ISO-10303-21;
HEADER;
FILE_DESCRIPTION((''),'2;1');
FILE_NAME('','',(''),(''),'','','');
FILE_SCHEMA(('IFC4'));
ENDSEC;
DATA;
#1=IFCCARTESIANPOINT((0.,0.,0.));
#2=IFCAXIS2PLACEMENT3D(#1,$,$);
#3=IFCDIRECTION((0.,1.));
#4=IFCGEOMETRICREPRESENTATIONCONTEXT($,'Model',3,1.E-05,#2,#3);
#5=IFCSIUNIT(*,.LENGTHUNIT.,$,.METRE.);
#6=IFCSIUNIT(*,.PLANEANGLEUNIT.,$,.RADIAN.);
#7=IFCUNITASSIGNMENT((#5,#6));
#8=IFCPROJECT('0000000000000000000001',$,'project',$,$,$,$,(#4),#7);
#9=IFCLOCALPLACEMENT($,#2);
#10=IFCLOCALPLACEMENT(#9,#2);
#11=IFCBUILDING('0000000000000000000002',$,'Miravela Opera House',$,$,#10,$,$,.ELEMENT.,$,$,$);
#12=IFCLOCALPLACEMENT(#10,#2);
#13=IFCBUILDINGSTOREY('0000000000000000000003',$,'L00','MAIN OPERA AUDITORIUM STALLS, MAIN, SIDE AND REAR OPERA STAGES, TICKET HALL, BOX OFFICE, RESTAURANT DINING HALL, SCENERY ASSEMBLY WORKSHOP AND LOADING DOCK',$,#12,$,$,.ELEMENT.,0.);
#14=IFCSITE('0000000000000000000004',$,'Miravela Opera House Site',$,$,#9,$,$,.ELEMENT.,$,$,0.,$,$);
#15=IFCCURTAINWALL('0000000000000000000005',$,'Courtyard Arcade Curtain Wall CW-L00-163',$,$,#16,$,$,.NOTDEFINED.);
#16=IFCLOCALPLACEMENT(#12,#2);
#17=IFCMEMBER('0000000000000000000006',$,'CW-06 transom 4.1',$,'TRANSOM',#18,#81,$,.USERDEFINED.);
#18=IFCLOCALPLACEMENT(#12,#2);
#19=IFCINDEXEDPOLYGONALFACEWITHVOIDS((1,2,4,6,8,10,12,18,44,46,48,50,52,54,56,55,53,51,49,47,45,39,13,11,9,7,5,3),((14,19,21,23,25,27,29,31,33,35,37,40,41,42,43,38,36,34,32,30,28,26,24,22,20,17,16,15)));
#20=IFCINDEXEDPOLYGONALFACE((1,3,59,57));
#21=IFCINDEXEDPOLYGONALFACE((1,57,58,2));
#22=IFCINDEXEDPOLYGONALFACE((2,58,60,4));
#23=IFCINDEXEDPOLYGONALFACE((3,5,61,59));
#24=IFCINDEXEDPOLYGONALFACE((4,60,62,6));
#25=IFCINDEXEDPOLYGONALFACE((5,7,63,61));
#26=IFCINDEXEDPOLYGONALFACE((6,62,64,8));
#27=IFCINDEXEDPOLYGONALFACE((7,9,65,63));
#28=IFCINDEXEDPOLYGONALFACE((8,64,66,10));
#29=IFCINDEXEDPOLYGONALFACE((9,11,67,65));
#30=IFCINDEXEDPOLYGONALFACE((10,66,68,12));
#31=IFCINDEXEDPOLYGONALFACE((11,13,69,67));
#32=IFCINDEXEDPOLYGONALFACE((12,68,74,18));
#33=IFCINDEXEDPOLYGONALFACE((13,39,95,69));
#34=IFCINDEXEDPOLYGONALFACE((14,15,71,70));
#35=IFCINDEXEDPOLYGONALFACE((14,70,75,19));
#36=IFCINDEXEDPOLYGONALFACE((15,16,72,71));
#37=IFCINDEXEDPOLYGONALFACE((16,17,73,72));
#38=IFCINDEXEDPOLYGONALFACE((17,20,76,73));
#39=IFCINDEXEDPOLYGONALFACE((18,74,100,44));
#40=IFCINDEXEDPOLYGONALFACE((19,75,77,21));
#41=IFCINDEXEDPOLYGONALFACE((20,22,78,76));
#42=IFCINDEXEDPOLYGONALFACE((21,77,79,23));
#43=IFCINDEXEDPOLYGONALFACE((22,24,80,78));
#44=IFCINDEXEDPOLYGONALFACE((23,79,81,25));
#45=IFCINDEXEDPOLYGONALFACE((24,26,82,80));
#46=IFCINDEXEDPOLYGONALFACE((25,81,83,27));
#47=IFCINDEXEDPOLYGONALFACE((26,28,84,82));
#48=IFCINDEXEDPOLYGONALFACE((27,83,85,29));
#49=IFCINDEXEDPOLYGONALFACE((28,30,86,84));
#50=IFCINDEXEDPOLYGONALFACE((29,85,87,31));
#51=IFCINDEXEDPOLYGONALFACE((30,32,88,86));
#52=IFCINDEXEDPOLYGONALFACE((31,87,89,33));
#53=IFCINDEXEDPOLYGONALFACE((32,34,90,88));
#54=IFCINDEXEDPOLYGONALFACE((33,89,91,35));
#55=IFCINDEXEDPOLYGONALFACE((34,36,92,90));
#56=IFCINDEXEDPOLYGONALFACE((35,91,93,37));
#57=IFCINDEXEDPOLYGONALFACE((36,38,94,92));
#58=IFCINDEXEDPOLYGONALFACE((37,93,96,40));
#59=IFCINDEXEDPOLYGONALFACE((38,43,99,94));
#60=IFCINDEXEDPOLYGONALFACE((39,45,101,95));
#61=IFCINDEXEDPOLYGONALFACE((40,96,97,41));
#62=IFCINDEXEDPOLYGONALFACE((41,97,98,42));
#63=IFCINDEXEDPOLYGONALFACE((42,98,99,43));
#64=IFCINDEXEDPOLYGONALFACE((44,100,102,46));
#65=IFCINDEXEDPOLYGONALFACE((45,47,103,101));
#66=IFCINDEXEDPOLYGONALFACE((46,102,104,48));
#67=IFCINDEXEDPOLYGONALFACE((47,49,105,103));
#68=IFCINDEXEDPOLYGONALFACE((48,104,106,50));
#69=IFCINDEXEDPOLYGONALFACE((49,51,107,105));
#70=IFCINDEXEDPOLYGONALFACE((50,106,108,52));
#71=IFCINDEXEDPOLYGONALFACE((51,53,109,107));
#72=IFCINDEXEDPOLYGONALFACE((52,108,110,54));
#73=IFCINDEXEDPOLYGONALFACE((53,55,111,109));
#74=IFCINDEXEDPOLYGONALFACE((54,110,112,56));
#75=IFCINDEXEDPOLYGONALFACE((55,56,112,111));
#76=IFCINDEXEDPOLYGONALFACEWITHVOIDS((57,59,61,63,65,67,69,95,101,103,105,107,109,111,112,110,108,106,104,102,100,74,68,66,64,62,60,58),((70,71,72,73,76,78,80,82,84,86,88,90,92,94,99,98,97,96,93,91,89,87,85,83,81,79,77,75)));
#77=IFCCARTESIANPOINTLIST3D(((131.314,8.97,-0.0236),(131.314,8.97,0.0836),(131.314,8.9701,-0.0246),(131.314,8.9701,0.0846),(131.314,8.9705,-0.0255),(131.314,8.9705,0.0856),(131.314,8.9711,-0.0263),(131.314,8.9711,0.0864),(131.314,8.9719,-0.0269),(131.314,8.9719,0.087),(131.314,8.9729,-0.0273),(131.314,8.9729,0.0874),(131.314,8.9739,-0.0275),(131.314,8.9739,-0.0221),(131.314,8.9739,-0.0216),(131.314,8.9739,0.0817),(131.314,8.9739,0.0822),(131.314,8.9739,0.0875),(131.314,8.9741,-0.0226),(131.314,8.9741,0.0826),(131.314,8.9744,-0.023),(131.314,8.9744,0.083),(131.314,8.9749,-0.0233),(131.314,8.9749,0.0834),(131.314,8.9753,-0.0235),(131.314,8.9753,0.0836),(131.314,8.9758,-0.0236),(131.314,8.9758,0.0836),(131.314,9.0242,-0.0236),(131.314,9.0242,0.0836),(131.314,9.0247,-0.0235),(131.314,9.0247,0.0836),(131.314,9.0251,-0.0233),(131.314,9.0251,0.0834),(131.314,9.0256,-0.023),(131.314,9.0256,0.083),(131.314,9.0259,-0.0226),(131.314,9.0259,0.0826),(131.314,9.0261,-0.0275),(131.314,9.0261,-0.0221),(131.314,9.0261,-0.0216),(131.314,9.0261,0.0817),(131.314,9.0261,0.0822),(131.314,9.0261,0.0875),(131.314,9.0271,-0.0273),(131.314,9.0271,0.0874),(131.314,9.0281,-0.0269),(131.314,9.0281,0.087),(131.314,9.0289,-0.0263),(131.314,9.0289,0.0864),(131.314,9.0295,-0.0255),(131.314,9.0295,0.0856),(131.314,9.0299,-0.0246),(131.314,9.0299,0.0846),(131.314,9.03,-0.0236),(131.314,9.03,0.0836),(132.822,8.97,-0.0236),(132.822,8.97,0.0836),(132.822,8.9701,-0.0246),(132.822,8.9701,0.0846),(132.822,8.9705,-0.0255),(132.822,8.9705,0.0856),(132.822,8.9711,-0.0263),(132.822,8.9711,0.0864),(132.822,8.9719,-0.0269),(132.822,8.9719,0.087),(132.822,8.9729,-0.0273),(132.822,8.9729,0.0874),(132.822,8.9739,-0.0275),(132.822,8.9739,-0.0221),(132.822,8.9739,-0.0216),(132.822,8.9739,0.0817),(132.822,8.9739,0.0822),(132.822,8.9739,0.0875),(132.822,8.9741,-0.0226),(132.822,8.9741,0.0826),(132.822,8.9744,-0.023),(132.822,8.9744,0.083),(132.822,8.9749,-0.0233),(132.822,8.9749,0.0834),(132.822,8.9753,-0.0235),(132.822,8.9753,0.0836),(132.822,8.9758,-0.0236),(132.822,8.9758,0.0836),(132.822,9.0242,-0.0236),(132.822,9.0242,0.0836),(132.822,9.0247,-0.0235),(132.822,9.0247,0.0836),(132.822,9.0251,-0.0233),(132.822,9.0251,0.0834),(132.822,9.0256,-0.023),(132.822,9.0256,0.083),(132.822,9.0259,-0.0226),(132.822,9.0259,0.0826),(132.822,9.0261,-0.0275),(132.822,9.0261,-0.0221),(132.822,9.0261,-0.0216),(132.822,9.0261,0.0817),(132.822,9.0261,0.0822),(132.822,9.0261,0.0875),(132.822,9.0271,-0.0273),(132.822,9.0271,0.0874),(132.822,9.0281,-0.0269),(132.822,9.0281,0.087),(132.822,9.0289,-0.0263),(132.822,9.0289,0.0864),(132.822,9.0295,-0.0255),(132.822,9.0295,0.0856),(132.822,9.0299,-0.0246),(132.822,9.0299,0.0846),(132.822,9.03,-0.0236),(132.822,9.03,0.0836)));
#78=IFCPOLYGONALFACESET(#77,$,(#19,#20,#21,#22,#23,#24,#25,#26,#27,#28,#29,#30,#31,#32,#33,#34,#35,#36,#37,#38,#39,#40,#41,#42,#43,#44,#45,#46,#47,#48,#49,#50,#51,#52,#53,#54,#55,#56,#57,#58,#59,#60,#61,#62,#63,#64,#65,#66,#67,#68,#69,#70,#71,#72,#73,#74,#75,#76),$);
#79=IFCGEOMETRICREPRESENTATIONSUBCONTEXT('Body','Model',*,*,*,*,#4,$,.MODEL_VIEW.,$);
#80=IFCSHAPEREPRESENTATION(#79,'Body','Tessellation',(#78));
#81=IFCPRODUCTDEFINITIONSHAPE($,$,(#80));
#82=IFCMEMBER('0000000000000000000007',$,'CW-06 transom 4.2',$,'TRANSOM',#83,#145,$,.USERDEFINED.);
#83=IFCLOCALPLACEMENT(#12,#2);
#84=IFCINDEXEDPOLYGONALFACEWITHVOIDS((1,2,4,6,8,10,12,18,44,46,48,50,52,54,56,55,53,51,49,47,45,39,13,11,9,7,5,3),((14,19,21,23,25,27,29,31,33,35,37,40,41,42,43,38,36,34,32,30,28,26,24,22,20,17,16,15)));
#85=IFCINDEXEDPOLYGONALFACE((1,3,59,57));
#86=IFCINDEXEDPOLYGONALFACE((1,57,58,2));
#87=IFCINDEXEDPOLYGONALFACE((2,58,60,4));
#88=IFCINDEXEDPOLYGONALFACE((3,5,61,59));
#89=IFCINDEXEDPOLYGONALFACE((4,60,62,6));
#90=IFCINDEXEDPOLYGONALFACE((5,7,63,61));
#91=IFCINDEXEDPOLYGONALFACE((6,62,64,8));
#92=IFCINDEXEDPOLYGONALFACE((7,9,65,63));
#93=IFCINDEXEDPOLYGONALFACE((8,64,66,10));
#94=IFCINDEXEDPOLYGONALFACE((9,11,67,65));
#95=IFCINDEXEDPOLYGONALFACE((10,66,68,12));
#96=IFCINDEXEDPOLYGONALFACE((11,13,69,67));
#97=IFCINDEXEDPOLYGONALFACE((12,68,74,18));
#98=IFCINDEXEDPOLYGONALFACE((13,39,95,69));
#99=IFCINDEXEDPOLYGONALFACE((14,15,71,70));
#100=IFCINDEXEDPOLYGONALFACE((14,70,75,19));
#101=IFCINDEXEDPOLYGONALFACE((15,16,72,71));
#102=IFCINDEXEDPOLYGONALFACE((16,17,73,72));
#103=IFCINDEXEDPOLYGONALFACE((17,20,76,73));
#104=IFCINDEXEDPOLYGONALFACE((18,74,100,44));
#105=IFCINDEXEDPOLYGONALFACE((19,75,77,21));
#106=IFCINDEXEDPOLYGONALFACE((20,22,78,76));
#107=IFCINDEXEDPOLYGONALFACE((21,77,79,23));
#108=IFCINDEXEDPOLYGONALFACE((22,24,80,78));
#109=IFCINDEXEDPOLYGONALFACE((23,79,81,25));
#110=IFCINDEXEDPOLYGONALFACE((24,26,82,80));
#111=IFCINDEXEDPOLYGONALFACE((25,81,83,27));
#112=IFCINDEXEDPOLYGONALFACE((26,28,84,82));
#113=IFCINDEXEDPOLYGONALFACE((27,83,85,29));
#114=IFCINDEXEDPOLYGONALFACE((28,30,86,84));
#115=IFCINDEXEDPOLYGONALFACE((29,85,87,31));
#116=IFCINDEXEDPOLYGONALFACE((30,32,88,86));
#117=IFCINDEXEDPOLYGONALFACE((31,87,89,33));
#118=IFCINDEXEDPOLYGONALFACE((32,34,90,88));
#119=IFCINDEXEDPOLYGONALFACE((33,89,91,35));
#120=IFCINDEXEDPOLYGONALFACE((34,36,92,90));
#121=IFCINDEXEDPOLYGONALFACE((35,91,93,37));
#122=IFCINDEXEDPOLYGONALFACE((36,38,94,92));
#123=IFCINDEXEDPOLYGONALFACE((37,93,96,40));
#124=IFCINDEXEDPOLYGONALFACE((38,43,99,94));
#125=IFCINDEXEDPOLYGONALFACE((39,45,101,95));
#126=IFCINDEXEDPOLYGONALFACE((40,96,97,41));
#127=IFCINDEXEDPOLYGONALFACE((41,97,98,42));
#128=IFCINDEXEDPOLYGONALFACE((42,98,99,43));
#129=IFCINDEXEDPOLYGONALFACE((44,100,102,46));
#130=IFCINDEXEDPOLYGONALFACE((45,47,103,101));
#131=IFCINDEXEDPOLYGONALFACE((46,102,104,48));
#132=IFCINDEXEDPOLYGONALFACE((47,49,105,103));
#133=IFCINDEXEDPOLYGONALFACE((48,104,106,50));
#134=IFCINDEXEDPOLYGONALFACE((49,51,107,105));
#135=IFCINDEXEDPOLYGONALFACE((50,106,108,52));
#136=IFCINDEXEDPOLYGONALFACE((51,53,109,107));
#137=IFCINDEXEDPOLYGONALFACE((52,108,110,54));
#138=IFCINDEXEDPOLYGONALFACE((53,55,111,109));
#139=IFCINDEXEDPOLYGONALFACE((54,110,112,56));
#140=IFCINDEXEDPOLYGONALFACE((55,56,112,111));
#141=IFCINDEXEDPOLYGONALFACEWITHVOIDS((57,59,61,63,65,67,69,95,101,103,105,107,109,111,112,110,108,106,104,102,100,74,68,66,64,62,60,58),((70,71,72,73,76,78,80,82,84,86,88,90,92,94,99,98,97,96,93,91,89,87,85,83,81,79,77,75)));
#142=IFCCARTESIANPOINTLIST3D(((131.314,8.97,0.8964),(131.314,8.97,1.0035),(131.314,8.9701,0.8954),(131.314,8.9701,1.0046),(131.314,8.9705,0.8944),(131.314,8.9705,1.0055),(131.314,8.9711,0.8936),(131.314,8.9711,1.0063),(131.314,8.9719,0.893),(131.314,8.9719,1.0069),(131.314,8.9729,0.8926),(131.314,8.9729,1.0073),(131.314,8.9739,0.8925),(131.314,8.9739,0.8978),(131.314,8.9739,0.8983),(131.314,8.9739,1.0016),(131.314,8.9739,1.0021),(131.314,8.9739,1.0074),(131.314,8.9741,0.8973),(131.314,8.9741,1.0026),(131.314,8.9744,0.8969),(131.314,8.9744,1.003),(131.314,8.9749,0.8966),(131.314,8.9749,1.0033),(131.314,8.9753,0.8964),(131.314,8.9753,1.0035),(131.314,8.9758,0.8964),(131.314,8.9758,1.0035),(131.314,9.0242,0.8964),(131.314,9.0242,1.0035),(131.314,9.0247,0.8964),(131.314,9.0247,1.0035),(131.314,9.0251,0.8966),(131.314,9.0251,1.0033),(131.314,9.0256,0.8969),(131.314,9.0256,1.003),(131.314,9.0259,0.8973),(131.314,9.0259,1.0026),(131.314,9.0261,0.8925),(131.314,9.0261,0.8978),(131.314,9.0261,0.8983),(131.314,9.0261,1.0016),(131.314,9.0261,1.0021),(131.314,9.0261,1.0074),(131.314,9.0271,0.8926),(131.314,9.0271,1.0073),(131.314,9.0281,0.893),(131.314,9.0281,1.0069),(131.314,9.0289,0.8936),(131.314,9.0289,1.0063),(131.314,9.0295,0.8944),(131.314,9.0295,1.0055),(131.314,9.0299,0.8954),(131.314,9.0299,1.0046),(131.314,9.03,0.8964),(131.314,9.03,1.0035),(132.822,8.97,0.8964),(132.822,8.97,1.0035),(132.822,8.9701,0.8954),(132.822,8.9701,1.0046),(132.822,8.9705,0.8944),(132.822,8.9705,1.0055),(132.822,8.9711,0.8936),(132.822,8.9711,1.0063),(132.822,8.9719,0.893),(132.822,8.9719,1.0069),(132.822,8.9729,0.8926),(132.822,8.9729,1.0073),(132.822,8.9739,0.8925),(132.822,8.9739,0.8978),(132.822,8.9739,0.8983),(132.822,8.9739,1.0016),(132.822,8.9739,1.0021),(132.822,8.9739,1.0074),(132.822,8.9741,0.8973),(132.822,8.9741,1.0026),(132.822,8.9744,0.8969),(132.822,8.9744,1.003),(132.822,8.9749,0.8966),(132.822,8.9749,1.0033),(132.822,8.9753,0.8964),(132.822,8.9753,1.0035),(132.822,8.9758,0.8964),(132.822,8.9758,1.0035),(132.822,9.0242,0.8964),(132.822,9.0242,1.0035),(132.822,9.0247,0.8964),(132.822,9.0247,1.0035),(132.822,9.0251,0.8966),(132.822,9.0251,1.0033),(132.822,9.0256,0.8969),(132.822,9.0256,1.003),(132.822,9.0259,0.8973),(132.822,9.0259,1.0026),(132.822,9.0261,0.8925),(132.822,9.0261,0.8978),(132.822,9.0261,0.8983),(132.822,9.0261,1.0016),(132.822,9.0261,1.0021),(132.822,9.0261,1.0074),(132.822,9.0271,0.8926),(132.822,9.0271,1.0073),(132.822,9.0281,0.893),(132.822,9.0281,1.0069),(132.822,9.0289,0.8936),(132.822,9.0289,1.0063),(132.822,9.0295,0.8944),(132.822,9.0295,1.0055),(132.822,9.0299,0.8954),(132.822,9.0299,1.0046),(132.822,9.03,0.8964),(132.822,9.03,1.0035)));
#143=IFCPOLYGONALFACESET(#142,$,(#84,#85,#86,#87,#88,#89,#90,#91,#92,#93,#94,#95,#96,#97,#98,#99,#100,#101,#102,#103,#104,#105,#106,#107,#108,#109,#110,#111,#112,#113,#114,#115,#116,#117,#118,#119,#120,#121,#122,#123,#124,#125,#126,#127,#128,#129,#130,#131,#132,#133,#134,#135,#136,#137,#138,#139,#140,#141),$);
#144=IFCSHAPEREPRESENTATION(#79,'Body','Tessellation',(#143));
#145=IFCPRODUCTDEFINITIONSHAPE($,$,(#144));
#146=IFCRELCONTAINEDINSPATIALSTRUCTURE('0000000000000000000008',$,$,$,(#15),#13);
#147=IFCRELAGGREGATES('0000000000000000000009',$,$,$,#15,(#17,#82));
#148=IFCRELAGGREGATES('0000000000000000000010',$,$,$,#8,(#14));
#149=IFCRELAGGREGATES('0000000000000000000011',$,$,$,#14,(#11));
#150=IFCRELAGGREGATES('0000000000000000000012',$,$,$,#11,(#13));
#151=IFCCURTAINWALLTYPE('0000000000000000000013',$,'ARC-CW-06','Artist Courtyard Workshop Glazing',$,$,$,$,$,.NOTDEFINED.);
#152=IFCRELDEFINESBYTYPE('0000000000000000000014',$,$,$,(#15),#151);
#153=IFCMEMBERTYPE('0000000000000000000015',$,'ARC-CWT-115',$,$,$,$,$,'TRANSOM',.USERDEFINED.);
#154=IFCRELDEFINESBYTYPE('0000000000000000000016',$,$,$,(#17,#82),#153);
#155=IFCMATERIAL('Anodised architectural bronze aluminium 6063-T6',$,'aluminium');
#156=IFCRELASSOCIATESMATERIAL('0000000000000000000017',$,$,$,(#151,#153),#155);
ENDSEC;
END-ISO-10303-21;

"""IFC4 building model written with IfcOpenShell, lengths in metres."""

from ifc_helpers import new_model, si_unit, direction, frame, origin, origin_2d, place, context, subcontext, project, spatial, hollow_rectangle, extrude, material, material_profile, profile_set, type_object, element, aggregate, save


model = new_model("IFC4")

# Units and contexts
model_context = context("Model", 3, precision=1e-05, world=origin(), true_north=direction((0.0, 1.0)))
body_context = subcontext(model_context, "Body", "Model", "MODEL_VIEW")
ifc_project = project(units=[si_unit("LENGTHUNIT", "METRE"), si_unit("PLANEANGLEUNIT", "RADIAN")], contexts=[model_context])

# Site, building, storey
site_placement = place(None, origin())
site = spatial("IfcSite", under=ifc_project, at=site_placement, Name="Miravela Opera House Site", CompositionType="ELEMENT", RefElevation=0.0)
building_placement = place(site_placement, origin())
building = spatial("IfcBuilding", under=site, at=building_placement, Name="Miravela Opera House", CompositionType="ELEMENT")
storey_placement = place(building_placement, origin())
storey = spatial("IfcBuildingStorey", under=building, at=storey_placement, Name="L00", Description="MAIN OPERA AUDITORIUM STALLS, MAIN, SIDE AND REAR OPERA STAGES, TICKET HALL, BOX OFFICE, RESTAURANT DINING HALL, SCENERY ASSEMBLY WORKSHOP AND LOADING DOCK", CompositionType="ELEMENT", Elevation=0.0)

# Shared definitions
ifc_material_1 = material(Name="Anodised architectural bronze aluminium 6063-T6", Category="aluminium")
curtain_wall_type = type_object("IfcCurtainWallType", Name="ARC-CW-06", Description="Artist Courtyard Workshop Glazing", PredefinedType="NOTDEFINED", material=ifc_material_1)

# Curtain wall
curtain_wall_1_placement = place(storey_placement, origin())
curtain_wall_1 = element("IfcCurtainWall", 1, at=curtain_wall_1_placement, inside=storey, type_object=curtain_wall_type, Name="Courtyard Arcade Curtain Wall CW-L00-163", PredefinedType="NOTDEFINED")

# Members
ifc_material_profile_1 = material_profile(ifc_material_1, hollow_rectangle(XDim=0.0601, YDim=0.115, WallThickness=0.0039, InnerFilletRadius=0.002, OuterFilletRadius=0.0039, at=origin_2d()), Name="CWT-60X115")
ifc_profile_set_1 = profile_set([ifc_material_profile_1])
member_type_1 = type_object("IfcMemberType", Name="ARC-CWT-115", ElementType="TRANSOM", PredefinedType="USERDEFINED", material=ifc_profile_set_1)
member_1_placement = place(storey_placement, frame((131.314, 9.0, 0.03), z_axis=(1.0, 0.0, 0.0), x_axis=(0.0, 1.0, 0.0)))
member_1 = element("IfcMember", 2, at=member_1_placement, type_object=member_type_1, Name="CW-06 transom 4.1", ObjectType="TRANSOM", PredefinedType="USERDEFINED", context=body_context, shape_type="SweptSolid", body=[
    extrude(hollow_rectangle(XDim=0.0601, YDim=0.115, WallThickness=0.0039, InnerFilletRadius=0.002, OuterFilletRadius=0.0039, at=origin_2d()), origin(), (0.0, 0.0, 1.0), 1.5081),
])
member_2_placement = place(storey_placement, frame((131.314, 9.0, 0.95), z_axis=(1.0, 0.0, 0.0), x_axis=(0.0, 1.0, 0.0)))
member_2 = element("IfcMember", 3, at=member_2_placement, type_object=member_type_1, Name="CW-06 transom 4.2", ObjectType="TRANSOM", PredefinedType="USERDEFINED", context=body_context, shape_type="SweptSolid", body=[
    extrude(hollow_rectangle(XDim=0.0601, YDim=0.115, WallThickness=0.0039, InnerFilletRadius=0.002, OuterFilletRadius=0.0039, at=origin_2d()), origin(), (0.0, 0.0, 1.0), 1.5081),
])

aggregate(curtain_wall_1, [member_1, member_2])

save(model, "model.ifc")
